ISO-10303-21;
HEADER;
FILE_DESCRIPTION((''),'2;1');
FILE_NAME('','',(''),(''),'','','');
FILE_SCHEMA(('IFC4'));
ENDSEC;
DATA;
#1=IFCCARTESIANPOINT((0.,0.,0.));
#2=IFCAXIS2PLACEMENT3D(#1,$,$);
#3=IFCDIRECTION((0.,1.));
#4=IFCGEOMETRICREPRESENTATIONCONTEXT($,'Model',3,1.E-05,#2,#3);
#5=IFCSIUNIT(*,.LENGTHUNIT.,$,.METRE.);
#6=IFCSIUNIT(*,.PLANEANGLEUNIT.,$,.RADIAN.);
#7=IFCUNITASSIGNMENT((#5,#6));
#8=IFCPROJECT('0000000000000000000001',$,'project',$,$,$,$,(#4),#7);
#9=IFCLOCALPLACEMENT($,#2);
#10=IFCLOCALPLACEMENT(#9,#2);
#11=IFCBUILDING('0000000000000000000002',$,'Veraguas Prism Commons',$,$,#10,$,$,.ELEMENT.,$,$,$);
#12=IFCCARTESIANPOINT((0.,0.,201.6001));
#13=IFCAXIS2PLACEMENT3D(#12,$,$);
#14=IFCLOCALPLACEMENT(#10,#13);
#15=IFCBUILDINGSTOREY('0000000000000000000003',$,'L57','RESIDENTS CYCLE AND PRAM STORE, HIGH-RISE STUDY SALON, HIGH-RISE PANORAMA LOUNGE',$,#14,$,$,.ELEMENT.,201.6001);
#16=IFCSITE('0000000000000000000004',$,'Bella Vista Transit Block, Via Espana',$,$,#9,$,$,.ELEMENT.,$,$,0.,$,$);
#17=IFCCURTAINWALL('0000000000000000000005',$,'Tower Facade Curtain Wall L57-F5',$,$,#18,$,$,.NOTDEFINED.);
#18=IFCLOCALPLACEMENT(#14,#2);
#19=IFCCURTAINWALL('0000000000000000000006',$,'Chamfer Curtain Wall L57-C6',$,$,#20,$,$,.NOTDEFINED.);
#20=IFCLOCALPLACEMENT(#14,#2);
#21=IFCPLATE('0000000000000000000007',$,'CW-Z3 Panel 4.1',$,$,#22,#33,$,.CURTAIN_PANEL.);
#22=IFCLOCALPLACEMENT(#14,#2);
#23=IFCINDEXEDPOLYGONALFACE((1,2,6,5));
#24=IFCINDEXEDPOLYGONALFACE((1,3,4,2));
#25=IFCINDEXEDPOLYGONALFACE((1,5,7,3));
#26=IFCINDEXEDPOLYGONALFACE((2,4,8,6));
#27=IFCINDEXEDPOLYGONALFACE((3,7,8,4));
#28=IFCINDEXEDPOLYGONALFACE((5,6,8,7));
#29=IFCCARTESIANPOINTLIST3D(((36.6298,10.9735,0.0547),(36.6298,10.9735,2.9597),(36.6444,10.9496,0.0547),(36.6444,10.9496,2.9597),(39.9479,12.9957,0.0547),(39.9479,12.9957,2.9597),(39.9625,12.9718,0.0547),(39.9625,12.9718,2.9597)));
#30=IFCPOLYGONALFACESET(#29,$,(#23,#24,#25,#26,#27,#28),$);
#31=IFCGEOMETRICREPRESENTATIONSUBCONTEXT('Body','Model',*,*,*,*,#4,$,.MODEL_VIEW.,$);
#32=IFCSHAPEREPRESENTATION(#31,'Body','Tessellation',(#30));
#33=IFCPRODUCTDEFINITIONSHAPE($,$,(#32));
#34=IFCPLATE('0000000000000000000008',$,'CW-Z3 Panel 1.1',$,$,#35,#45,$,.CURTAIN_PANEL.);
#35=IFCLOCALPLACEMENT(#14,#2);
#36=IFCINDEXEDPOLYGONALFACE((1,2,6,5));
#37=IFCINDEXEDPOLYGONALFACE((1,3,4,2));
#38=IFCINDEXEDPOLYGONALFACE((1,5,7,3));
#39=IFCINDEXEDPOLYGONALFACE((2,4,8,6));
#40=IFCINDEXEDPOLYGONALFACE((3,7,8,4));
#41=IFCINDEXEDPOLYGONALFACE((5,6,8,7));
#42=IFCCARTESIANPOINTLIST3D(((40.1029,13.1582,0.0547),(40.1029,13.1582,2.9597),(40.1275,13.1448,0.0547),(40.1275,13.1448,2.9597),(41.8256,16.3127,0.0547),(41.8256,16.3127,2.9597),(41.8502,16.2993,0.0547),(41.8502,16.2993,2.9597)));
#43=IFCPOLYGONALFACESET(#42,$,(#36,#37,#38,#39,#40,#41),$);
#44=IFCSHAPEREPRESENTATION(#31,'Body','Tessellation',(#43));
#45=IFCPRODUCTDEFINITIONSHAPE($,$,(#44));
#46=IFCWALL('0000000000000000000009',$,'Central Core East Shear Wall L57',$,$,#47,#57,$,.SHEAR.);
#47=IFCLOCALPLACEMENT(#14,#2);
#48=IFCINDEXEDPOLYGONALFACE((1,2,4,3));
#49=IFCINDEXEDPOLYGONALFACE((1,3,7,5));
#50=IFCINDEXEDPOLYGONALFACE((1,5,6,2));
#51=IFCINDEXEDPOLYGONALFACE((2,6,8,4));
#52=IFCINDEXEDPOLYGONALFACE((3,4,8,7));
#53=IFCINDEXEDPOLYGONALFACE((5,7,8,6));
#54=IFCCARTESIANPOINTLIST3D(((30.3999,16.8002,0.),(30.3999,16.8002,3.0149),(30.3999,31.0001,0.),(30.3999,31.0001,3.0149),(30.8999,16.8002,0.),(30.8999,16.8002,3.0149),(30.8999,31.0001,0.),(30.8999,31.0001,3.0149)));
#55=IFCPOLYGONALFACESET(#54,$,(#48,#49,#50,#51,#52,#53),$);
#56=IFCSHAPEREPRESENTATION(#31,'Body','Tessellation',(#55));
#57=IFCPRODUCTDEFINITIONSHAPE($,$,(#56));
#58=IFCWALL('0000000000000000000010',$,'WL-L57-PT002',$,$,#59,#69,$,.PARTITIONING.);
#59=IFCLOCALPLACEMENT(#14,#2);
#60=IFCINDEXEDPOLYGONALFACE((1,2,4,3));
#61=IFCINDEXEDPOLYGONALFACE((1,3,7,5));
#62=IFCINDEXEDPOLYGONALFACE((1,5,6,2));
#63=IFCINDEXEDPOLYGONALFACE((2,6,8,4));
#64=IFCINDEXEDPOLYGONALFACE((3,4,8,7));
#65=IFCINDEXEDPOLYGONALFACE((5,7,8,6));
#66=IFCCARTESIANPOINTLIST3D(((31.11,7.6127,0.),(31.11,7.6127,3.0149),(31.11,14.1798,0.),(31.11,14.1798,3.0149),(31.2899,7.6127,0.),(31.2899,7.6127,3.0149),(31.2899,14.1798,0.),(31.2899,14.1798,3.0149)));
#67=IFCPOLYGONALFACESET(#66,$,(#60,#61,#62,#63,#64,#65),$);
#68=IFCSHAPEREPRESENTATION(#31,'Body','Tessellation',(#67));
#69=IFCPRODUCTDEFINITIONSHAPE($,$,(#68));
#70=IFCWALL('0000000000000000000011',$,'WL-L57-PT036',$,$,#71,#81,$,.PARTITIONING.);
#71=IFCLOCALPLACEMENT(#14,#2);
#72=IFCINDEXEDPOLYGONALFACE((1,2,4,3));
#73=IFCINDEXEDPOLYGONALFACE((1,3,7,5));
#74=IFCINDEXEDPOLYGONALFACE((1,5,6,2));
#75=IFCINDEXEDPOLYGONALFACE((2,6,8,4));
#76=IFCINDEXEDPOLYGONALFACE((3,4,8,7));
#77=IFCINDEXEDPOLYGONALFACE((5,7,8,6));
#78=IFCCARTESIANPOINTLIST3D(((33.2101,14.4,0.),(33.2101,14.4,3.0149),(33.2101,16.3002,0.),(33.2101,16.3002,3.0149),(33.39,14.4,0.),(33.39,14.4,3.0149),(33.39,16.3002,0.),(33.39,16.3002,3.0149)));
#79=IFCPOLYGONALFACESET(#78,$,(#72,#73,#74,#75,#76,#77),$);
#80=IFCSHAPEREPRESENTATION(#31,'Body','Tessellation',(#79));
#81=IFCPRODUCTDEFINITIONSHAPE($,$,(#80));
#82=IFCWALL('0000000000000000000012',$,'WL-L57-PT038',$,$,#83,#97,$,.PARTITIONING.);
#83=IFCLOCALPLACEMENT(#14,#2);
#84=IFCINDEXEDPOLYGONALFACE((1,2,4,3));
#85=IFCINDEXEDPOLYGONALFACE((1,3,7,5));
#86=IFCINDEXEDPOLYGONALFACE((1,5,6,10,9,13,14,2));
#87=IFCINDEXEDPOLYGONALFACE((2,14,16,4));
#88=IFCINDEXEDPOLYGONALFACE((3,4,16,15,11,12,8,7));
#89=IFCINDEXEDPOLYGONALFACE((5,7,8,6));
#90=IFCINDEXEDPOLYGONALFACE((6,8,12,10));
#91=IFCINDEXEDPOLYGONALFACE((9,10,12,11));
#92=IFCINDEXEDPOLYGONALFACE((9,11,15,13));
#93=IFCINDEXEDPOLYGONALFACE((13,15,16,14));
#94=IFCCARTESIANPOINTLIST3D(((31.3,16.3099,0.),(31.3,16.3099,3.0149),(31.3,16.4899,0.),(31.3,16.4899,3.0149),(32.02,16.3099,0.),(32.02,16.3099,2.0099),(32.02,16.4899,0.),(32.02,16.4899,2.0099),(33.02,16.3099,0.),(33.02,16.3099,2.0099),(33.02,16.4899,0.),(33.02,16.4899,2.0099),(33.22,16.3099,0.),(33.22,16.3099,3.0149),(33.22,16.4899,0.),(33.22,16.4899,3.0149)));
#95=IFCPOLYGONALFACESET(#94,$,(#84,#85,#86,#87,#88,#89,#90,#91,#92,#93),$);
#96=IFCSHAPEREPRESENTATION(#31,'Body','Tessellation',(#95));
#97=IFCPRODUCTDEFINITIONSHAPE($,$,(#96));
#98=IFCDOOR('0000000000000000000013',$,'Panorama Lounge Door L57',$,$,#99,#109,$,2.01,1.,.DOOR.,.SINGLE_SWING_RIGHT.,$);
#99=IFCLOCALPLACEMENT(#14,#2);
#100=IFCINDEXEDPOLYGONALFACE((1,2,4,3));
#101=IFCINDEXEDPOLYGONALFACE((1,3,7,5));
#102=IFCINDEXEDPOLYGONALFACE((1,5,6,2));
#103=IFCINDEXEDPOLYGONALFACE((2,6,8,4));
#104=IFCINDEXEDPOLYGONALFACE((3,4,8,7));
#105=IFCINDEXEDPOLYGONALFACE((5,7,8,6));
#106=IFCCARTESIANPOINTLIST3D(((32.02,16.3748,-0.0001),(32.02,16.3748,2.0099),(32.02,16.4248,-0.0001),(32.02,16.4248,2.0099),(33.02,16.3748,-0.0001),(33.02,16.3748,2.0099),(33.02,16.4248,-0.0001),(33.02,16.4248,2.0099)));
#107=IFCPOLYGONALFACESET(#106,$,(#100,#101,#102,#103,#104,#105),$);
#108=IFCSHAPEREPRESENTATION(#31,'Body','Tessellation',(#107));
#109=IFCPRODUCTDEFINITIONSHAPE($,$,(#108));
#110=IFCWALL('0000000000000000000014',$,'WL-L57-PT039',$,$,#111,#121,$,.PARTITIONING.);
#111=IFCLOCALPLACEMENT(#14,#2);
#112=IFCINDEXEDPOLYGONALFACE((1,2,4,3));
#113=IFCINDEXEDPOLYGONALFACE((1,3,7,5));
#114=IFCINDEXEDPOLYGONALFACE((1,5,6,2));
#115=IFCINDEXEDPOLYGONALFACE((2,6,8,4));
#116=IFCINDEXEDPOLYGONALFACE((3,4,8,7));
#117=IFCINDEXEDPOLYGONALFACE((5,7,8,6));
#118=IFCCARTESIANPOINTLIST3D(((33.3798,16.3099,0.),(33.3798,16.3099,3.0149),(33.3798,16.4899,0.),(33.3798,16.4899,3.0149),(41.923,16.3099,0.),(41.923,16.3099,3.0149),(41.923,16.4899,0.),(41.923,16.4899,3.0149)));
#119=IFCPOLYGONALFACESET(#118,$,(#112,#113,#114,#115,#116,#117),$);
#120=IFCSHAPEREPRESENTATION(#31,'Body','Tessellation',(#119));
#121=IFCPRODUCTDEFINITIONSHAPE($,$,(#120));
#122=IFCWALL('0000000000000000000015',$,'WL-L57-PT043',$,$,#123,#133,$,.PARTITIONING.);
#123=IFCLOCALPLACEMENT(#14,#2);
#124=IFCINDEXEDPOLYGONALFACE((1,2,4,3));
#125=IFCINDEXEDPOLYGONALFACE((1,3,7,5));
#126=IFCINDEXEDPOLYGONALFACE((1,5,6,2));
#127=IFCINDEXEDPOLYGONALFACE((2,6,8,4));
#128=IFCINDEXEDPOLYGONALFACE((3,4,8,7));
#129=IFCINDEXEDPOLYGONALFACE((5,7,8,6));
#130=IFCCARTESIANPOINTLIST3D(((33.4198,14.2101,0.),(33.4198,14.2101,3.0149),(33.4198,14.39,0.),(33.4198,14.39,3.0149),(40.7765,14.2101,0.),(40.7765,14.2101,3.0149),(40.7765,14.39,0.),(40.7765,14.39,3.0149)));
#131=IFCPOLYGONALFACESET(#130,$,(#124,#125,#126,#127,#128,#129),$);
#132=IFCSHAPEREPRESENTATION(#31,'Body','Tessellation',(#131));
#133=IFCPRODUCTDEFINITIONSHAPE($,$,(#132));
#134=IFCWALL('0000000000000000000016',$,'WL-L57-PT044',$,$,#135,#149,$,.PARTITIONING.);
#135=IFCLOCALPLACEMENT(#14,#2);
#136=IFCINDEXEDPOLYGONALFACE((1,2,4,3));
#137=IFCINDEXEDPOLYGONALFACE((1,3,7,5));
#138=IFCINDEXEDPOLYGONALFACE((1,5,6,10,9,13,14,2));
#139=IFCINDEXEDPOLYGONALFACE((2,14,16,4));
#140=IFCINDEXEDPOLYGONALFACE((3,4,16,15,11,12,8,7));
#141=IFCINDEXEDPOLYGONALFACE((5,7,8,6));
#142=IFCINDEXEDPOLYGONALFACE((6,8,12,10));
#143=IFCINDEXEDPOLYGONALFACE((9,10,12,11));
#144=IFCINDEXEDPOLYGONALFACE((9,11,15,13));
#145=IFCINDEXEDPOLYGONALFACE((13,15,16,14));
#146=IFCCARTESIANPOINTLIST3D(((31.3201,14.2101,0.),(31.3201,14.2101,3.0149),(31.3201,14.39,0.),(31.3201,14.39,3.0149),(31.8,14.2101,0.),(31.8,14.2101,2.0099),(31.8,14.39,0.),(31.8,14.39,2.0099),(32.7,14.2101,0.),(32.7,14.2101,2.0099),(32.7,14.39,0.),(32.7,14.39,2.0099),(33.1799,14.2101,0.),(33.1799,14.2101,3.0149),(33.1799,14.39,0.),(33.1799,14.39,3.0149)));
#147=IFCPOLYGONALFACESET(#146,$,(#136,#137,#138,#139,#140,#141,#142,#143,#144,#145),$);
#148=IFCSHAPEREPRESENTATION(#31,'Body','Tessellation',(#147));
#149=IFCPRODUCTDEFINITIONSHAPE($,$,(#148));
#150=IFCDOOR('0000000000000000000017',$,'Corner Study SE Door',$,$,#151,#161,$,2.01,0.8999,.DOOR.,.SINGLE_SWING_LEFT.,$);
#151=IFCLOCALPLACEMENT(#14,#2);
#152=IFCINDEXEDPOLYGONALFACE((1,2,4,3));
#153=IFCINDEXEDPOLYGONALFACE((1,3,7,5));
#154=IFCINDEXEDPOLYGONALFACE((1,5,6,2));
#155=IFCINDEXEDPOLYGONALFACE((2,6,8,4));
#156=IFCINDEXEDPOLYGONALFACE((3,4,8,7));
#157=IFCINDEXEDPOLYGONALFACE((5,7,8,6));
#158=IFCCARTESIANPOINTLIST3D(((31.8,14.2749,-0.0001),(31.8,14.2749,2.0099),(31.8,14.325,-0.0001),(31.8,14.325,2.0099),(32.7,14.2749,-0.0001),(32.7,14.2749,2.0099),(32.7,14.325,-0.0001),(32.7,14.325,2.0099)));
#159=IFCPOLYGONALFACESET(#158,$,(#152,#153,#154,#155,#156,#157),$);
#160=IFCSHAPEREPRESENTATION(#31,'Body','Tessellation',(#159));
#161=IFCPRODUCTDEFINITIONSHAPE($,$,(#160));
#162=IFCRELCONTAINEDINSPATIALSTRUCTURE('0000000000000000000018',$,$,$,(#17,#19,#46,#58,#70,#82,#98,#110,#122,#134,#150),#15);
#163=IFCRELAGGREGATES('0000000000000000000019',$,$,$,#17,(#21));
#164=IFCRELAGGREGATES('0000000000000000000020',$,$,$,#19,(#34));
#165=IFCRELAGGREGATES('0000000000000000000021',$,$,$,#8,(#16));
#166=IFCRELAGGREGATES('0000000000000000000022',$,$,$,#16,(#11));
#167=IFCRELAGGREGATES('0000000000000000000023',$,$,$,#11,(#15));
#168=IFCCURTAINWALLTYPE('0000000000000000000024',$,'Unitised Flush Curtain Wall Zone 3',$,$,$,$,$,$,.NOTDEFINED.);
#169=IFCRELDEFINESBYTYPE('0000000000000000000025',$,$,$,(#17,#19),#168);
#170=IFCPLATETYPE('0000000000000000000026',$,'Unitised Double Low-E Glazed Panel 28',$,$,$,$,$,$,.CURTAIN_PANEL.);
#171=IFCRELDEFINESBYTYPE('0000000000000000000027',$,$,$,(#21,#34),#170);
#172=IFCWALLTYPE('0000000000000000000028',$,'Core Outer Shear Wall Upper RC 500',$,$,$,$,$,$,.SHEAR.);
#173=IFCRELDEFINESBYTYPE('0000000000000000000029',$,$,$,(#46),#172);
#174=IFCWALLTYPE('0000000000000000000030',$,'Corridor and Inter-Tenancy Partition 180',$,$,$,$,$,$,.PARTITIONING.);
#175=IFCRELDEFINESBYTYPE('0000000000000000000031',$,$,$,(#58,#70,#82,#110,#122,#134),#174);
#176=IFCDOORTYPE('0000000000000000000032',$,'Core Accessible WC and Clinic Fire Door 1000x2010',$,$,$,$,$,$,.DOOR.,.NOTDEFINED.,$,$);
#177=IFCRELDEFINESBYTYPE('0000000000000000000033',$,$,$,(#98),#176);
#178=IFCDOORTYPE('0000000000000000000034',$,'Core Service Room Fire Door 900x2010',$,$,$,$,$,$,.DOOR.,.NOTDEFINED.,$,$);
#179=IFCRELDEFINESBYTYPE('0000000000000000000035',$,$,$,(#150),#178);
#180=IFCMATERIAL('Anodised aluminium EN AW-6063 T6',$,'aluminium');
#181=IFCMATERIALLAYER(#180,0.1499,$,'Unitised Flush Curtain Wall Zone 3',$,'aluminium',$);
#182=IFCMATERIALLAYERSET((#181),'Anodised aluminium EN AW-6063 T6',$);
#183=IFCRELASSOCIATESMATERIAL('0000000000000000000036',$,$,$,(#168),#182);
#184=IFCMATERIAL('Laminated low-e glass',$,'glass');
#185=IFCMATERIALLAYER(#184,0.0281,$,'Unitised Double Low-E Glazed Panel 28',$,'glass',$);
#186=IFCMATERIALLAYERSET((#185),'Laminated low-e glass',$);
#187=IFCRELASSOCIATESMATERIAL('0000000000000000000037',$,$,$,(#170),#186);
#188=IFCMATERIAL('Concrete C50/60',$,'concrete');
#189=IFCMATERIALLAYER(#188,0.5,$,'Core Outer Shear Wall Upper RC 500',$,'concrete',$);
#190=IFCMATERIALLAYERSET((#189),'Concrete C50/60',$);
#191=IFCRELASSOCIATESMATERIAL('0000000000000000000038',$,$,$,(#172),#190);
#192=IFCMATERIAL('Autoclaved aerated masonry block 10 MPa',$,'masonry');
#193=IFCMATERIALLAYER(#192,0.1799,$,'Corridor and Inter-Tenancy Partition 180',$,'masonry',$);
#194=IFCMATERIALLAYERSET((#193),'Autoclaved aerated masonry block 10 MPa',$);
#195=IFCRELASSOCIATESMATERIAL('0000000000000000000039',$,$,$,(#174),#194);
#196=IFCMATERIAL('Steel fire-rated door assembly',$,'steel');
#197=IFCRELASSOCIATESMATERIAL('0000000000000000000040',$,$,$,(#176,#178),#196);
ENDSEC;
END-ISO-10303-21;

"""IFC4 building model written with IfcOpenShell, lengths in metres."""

from ifc_helpers import new_model, si_unit, direction, frame, frame_2d, origin, origin_2d, place, context, subcontext, project, spatial, rectangle, extrude, source, transform, mapped, material, layer, layer_set, type_object, element, fill, aggregate, save


model = new_model("IFC4")

# Units and contexts
model_context = context("Model", 3, precision=1e-05, world=origin(), true_north=direction((0.0, 1.0)))
body_context = subcontext(model_context, "Body", "Model", "MODEL_VIEW")
ifc_project = project(units=[si_unit("LENGTHUNIT", "METRE"), si_unit("PLANEANGLEUNIT", "RADIAN")], contexts=[model_context])

# Site, building, storey
site_placement = place(None, origin())
site = spatial("IfcSite", under=ifc_project, at=site_placement, Name="Bella Vista Transit Block, Via Espana", CompositionType="ELEMENT", RefElevation=0.0)
building_placement = place(site_placement, origin())
building = spatial("IfcBuilding", under=site, at=building_placement, Name="Veraguas Prism Commons", CompositionType="ELEMENT")
storey_placement = place(building_placement, frame((0.0, 0.0, 201.6001)))
storey = spatial("IfcBuildingStorey", under=building, at=storey_placement, Name="L57", Description="RESIDENTS CYCLE AND PRAM STORE, HIGH-RISE STUDY SALON, HIGH-RISE PANORAMA LOUNGE", CompositionType="ELEMENT", Elevation=201.6001)

# Shared definitions
ifc_material_1 = material(Name="Concrete C50/60", Category="concrete")

# Curtain walls
ifc_material_2 = material(Name="Anodised aluminium EN AW-6063 T6", Category="aluminium")
ifc_layer_1 = layer(ifc_material_2, 0.1499, Name="Unitised Flush Curtain Wall Zone 3", Category="aluminium")
ifc_layer_set_1 = layer_set([ifc_layer_1], Name="Anodised aluminium EN AW-6063 T6")
curtain_wall_type = type_object("IfcCurtainWallType", Name="Unitised Flush Curtain Wall Zone 3", PredefinedType="NOTDEFINED", material=ifc_layer_set_1)
curtain_wall_1_placement = place(storey_placement, origin())
curtain_wall_1 = element("IfcCurtainWall", 1, at=curtain_wall_1_placement, inside=storey, type_object=curtain_wall_type, Name="Tower Facade Curtain Wall L57-F5", PredefinedType="NOTDEFINED")
curtain_wall_2_placement = place(storey_placement, origin())
curtain_wall_2 = element("IfcCurtainWall", 2, at=curtain_wall_2_placement, inside=storey, type_object=curtain_wall_type, Name="Chamfer Curtain Wall L57-C6", PredefinedType="NOTDEFINED")

# Plates
ifc_material_3 = material(Name="Laminated low-e glass", Category="glass")
ifc_layer_2 = layer(ifc_material_3, 0.0281, Name="Unitised Double Low-E Glazed Panel 28", Category="glass")
ifc_layer_set_2 = layer_set([ifc_layer_2], Name="Laminated low-e glass")
plate_type = type_object("IfcPlateType", Name="Unitised Double Low-E Glazed Panel 28", PredefinedType="CURTAIN_PANEL", material=ifc_layer_set_2)
shared_shape_1 = source(origin(), body_context, "Body", "SweptSolid", [
    extrude(rectangle(XDim=3.8857, YDim=0.0281, at=origin_2d()), origin(), (0.0, 0.0, 1.0), 2.905),
])
plate_1_placement = place(storey_placement, frame((38.2961, 11.9727, 0.0547), z_axis=(0.0, 0.0, 1.0), x_axis=(0.853914, 0.520414, 0.0)))
plate_1 = element("IfcPlate", 3, at=plate_1_placement, type_object=plate_type, Name="CW-Z3 Panel 4.1", PredefinedType="CURTAIN_PANEL", context=body_context, shape_type="MappedRepresentation", body=[
    mapped(shared_shape_1, transform((0.0, 0.0, 0.0), scale=1.0)),
])
aggregate(curtain_wall_1, [plate_1])
shared_shape_2 = source(origin(), body_context, "Body", "SweptSolid", [
    extrude(rectangle(XDim=3.5942, YDim=0.0281, at=origin_2d()), origin(), (0.0, 0.0, 1.0), 2.905),
])
plate_2_placement = place(storey_placement, frame((40.9766, 14.7288, 0.0547), z_axis=(0.0, 0.0, 1.0), x_axis=(0.479303, 0.877649, 0.0)))
plate_2 = element("IfcPlate", 4, at=plate_2_placement, type_object=plate_type, Name="CW-Z3 Panel 1.1", PredefinedType="CURTAIN_PANEL", context=body_context, shape_type="MappedRepresentation", body=[
    mapped(shared_shape_2, transform((0.0, 0.0, 0.0), scale=1.0)),
])
aggregate(curtain_wall_2, [plate_2])

# Walls
ifc_layer_3 = layer(ifc_material_1, 0.5, Name="Core Outer Shear Wall Upper RC 500", Category="concrete")
ifc_layer_set_3 = layer_set([ifc_layer_3], Name="Concrete C50/60")
wall_type_1 = type_object("IfcWallType", Name="Core Outer Shear Wall Upper RC 500", PredefinedType="SHEAR", material=ifc_layer_set_3)
wall_1_placement = place(storey_placement, frame((30.6499, 16.8, 0.0), z_axis=(0.0, 0.0, 1.0), x_axis=(0.0, 1.0, 0.0)))
element("IfcWall", 5, at=wall_1_placement, inside=storey, type_object=wall_type_1, Name="Central Core East Shear Wall L57", PredefinedType="SHEAR", context=body_context, shape_type="SweptSolid", body=[
    extrude(rectangle(XDim=14.2, YDim=0.5, at=frame_2d((7.1001, 0.0))), origin(), (0.0, 0.0, 1.0), 3.0149),
])
ifc_material_4 = material(Name="Autoclaved aerated masonry block 10 MPa", Category="masonry")
ifc_layer_4 = layer(ifc_material_4, 0.1799, Name="Corridor and Inter-Tenancy Partition 180", Category="masonry")
ifc_layer_set_4 = layer_set([ifc_layer_4], Name="Autoclaved aerated masonry block 10 MPa")
wall_type_2 = type_object("IfcWallType", Name="Corridor and Inter-Tenancy Partition 180", PredefinedType="PARTITIONING", material=ifc_layer_set_4)
wall_2_placement = place(storey_placement, frame((31.2, 14.1799, 0.0), z_axis=(0.0, 0.0, 1.0), x_axis=(0.0, -1.0, 0.0)))
element("IfcWall", 6, at=wall_2_placement, inside=storey, type_object=wall_type_2, Name="WL-L57-PT002", PredefinedType="PARTITIONING", context=body_context, shape_type="SweptSolid", body=[
    extrude(rectangle(XDim=6.5671, YDim=0.1799, at=frame_2d((3.2837, 0.0))), origin(), (0.0, 0.0, 1.0), 3.0149),
])
wall_3_placement = place(storey_placement, frame((33.3, 14.3999, 0.0), z_axis=(0.0, 0.0, 1.0), x_axis=(0.0, 1.0, 0.0)))
element("IfcWall", 7, at=wall_3_placement, inside=storey, type_object=wall_type_2, Name="WL-L57-PT036", PredefinedType="PARTITIONING", context=body_context, shape_type="SweptSolid", body=[
    extrude(rectangle(XDim=1.9001, YDim=0.1799, at=frame_2d((0.9502, 0.0))), origin(), (0.0, 0.0, 1.0), 3.0149),
])

# Wall, opening, door
wall_4_placement = place(storey_placement, frame((31.3, 16.3999, 0.0), z_axis=(0.0, 0.0, 1.0), x_axis=(1.0, 0.0, 0.0)))
wall_4 = element("IfcWall", 8, at=wall_4_placement, inside=storey, type_object=wall_type_2, Name="WL-L57-PT038", PredefinedType="PARTITIONING", context=body_context, shape_type="SweptSolid", body=[
    extrude(rectangle(XDim=1.9199, YDim=0.1799, at=frame_2d((0.96, 0.0))), origin(), (0.0, 0.0, 1.0), 3.0149),
])
opening_1_placement = place(wall_4_placement, frame((0.72, 0.0, 0.0)))
opening_1 = element("IfcOpeningElement", 9, at=opening_1_placement, cuts=wall_4, PredefinedType="OPENING", context=body_context, shape_type="SweptSolid", body=[
    extrude(rectangle(XDim=1.0, YDim=2.01, at=frame_2d((0.5, 1.0049))), frame((0.0, 0.0999, 0.0), z_axis=(0.0, -1.0, 0.0), x_axis=(1.0, 0.0, 0.0)), (0.0, 0.0, 1.0), 0.2),
])
ifc_material_5 = material(Name="Steel fire-rated door assembly", Category="steel")
door_type_1 = type_object("IfcDoorType", Name="Core Accessible WC and Clinic Fire Door 1000x2010", OperationType="NOTDEFINED", PredefinedType="DOOR", material=ifc_material_5)
shared_shape_3 = source(origin(), body_context, "Body", "SweptSolid", [
    extrude(rectangle(XDim=1.0, YDim=2.01, at=frame_2d((0.5, 1.0049))), frame((0.0, 0.0249, 0.0), z_axis=(0.0, -1.0, 0.0), x_axis=(1.0, 0.0, 0.0)), (0.0, 0.0, 1.0), 0.05),
])
door_1_placement = place(opening_1_placement, origin())
door_1 = element("IfcDoor", 10, at=door_1_placement, inside=storey, type_object=door_type_1, Name="Panorama Lounge Door L57", OperationType="SINGLE_SWING_RIGHT", OverallHeight=2.01, OverallWidth=1.0, PredefinedType="DOOR", context=body_context, shape_type="MappedRepresentation", body=[
    mapped(shared_shape_3, transform((0.0, 0.0, 0.0), scale=1.0)),
])
fill(opening_1, door_1)

# Walls
wall_5_placement = place(storey_placement, frame((33.3799, 16.3999, 0.0), z_axis=(0.0, 0.0, 1.0), x_axis=(1.0, 0.0, 0.0)))
element("IfcWall", 11, at=wall_5_placement, inside=storey, type_object=wall_type_2, Name="WL-L57-PT039", PredefinedType="PARTITIONING", context=body_context, shape_type="SweptSolid", body=[
    extrude(rectangle(XDim=8.5432, YDim=0.1799, at=frame_2d((4.2715, 0.0))), origin(), (0.0, 0.0, 1.0), 3.0149),
])
wall_6_placement = place(storey_placement, frame((33.4199, 14.3, 0.0), z_axis=(0.0, 0.0, 1.0), x_axis=(1.0, 0.0, 0.0)))
element("IfcWall", 12, at=wall_6_placement, inside=storey, type_object=wall_type_2, Name="WL-L57-PT043", PredefinedType="PARTITIONING", context=body_context, shape_type="SweptSolid", body=[
    extrude(rectangle(XDim=7.3567, YDim=0.1799, at=frame_2d((3.6782, 0.0))), origin(), (0.0, 0.0, 1.0), 3.0149),
])

# Wall, opening, door
wall_7_placement = place(storey_placement, frame((31.3201, 14.3, 0.0), z_axis=(0.0, 0.0, 1.0), x_axis=(1.0, 0.0, 0.0)))
wall_7 = element("IfcWall", 13, at=wall_7_placement, inside=storey, type_object=wall_type_2, Name="WL-L57-PT044", PredefinedType="PARTITIONING", context=body_context, shape_type="SweptSolid", body=[
    extrude(rectangle(XDim=1.8599, YDim=0.1799, at=frame_2d((0.9299, 0.0))), origin(), (0.0, 0.0, 1.0), 3.0149),
])
opening_2_placement = place(wall_7_placement, frame((0.48, 0.0, 0.0)))
opening_2 = element("IfcOpeningElement", 14, at=opening_2_placement, cuts=wall_7, PredefinedType="OPENING", context=body_context, shape_type="SweptSolid", body=[
    extrude(rectangle(XDim=0.8999, YDim=2.01, at=frame_2d((0.45, 1.0049))), frame((0.0, 0.0999, 0.0), z_axis=(0.0, -1.0, 0.0), x_axis=(1.0, 0.0, 0.0)), (0.0, 0.0, 1.0), 0.2),
])
door_type_2 = type_object("IfcDoorType", Name="Core Service Room Fire Door 900x2010", OperationType="NOTDEFINED", PredefinedType="DOOR", material=ifc_material_5)
shared_shape_4 = source(origin(), body_context, "Body", "SweptSolid", [
    extrude(rectangle(XDim=0.8999, YDim=2.01, at=frame_2d((0.45, 1.0049))), frame((0.0, 0.0249, 0.0), z_axis=(0.0, -1.0, 0.0), x_axis=(1.0, 0.0, 0.0)), (0.0, 0.0, 1.0), 0.05),
])
door_2_placement = place(opening_2_placement, origin())
door_2 = element("IfcDoor", 15, at=door_2_placement, inside=storey, type_object=door_type_2, Name="Corner Study SE Door", OperationType="SINGLE_SWING_LEFT", OverallHeight=2.01, OverallWidth=0.8999, PredefinedType="DOOR", context=body_context, shape_type="MappedRepresentation", body=[
    mapped(shared_shape_4, transform((0.0, 0.0, 0.0), scale=1.0)),
])
fill(opening_2, door_2)

save(model, "model.ifc")
